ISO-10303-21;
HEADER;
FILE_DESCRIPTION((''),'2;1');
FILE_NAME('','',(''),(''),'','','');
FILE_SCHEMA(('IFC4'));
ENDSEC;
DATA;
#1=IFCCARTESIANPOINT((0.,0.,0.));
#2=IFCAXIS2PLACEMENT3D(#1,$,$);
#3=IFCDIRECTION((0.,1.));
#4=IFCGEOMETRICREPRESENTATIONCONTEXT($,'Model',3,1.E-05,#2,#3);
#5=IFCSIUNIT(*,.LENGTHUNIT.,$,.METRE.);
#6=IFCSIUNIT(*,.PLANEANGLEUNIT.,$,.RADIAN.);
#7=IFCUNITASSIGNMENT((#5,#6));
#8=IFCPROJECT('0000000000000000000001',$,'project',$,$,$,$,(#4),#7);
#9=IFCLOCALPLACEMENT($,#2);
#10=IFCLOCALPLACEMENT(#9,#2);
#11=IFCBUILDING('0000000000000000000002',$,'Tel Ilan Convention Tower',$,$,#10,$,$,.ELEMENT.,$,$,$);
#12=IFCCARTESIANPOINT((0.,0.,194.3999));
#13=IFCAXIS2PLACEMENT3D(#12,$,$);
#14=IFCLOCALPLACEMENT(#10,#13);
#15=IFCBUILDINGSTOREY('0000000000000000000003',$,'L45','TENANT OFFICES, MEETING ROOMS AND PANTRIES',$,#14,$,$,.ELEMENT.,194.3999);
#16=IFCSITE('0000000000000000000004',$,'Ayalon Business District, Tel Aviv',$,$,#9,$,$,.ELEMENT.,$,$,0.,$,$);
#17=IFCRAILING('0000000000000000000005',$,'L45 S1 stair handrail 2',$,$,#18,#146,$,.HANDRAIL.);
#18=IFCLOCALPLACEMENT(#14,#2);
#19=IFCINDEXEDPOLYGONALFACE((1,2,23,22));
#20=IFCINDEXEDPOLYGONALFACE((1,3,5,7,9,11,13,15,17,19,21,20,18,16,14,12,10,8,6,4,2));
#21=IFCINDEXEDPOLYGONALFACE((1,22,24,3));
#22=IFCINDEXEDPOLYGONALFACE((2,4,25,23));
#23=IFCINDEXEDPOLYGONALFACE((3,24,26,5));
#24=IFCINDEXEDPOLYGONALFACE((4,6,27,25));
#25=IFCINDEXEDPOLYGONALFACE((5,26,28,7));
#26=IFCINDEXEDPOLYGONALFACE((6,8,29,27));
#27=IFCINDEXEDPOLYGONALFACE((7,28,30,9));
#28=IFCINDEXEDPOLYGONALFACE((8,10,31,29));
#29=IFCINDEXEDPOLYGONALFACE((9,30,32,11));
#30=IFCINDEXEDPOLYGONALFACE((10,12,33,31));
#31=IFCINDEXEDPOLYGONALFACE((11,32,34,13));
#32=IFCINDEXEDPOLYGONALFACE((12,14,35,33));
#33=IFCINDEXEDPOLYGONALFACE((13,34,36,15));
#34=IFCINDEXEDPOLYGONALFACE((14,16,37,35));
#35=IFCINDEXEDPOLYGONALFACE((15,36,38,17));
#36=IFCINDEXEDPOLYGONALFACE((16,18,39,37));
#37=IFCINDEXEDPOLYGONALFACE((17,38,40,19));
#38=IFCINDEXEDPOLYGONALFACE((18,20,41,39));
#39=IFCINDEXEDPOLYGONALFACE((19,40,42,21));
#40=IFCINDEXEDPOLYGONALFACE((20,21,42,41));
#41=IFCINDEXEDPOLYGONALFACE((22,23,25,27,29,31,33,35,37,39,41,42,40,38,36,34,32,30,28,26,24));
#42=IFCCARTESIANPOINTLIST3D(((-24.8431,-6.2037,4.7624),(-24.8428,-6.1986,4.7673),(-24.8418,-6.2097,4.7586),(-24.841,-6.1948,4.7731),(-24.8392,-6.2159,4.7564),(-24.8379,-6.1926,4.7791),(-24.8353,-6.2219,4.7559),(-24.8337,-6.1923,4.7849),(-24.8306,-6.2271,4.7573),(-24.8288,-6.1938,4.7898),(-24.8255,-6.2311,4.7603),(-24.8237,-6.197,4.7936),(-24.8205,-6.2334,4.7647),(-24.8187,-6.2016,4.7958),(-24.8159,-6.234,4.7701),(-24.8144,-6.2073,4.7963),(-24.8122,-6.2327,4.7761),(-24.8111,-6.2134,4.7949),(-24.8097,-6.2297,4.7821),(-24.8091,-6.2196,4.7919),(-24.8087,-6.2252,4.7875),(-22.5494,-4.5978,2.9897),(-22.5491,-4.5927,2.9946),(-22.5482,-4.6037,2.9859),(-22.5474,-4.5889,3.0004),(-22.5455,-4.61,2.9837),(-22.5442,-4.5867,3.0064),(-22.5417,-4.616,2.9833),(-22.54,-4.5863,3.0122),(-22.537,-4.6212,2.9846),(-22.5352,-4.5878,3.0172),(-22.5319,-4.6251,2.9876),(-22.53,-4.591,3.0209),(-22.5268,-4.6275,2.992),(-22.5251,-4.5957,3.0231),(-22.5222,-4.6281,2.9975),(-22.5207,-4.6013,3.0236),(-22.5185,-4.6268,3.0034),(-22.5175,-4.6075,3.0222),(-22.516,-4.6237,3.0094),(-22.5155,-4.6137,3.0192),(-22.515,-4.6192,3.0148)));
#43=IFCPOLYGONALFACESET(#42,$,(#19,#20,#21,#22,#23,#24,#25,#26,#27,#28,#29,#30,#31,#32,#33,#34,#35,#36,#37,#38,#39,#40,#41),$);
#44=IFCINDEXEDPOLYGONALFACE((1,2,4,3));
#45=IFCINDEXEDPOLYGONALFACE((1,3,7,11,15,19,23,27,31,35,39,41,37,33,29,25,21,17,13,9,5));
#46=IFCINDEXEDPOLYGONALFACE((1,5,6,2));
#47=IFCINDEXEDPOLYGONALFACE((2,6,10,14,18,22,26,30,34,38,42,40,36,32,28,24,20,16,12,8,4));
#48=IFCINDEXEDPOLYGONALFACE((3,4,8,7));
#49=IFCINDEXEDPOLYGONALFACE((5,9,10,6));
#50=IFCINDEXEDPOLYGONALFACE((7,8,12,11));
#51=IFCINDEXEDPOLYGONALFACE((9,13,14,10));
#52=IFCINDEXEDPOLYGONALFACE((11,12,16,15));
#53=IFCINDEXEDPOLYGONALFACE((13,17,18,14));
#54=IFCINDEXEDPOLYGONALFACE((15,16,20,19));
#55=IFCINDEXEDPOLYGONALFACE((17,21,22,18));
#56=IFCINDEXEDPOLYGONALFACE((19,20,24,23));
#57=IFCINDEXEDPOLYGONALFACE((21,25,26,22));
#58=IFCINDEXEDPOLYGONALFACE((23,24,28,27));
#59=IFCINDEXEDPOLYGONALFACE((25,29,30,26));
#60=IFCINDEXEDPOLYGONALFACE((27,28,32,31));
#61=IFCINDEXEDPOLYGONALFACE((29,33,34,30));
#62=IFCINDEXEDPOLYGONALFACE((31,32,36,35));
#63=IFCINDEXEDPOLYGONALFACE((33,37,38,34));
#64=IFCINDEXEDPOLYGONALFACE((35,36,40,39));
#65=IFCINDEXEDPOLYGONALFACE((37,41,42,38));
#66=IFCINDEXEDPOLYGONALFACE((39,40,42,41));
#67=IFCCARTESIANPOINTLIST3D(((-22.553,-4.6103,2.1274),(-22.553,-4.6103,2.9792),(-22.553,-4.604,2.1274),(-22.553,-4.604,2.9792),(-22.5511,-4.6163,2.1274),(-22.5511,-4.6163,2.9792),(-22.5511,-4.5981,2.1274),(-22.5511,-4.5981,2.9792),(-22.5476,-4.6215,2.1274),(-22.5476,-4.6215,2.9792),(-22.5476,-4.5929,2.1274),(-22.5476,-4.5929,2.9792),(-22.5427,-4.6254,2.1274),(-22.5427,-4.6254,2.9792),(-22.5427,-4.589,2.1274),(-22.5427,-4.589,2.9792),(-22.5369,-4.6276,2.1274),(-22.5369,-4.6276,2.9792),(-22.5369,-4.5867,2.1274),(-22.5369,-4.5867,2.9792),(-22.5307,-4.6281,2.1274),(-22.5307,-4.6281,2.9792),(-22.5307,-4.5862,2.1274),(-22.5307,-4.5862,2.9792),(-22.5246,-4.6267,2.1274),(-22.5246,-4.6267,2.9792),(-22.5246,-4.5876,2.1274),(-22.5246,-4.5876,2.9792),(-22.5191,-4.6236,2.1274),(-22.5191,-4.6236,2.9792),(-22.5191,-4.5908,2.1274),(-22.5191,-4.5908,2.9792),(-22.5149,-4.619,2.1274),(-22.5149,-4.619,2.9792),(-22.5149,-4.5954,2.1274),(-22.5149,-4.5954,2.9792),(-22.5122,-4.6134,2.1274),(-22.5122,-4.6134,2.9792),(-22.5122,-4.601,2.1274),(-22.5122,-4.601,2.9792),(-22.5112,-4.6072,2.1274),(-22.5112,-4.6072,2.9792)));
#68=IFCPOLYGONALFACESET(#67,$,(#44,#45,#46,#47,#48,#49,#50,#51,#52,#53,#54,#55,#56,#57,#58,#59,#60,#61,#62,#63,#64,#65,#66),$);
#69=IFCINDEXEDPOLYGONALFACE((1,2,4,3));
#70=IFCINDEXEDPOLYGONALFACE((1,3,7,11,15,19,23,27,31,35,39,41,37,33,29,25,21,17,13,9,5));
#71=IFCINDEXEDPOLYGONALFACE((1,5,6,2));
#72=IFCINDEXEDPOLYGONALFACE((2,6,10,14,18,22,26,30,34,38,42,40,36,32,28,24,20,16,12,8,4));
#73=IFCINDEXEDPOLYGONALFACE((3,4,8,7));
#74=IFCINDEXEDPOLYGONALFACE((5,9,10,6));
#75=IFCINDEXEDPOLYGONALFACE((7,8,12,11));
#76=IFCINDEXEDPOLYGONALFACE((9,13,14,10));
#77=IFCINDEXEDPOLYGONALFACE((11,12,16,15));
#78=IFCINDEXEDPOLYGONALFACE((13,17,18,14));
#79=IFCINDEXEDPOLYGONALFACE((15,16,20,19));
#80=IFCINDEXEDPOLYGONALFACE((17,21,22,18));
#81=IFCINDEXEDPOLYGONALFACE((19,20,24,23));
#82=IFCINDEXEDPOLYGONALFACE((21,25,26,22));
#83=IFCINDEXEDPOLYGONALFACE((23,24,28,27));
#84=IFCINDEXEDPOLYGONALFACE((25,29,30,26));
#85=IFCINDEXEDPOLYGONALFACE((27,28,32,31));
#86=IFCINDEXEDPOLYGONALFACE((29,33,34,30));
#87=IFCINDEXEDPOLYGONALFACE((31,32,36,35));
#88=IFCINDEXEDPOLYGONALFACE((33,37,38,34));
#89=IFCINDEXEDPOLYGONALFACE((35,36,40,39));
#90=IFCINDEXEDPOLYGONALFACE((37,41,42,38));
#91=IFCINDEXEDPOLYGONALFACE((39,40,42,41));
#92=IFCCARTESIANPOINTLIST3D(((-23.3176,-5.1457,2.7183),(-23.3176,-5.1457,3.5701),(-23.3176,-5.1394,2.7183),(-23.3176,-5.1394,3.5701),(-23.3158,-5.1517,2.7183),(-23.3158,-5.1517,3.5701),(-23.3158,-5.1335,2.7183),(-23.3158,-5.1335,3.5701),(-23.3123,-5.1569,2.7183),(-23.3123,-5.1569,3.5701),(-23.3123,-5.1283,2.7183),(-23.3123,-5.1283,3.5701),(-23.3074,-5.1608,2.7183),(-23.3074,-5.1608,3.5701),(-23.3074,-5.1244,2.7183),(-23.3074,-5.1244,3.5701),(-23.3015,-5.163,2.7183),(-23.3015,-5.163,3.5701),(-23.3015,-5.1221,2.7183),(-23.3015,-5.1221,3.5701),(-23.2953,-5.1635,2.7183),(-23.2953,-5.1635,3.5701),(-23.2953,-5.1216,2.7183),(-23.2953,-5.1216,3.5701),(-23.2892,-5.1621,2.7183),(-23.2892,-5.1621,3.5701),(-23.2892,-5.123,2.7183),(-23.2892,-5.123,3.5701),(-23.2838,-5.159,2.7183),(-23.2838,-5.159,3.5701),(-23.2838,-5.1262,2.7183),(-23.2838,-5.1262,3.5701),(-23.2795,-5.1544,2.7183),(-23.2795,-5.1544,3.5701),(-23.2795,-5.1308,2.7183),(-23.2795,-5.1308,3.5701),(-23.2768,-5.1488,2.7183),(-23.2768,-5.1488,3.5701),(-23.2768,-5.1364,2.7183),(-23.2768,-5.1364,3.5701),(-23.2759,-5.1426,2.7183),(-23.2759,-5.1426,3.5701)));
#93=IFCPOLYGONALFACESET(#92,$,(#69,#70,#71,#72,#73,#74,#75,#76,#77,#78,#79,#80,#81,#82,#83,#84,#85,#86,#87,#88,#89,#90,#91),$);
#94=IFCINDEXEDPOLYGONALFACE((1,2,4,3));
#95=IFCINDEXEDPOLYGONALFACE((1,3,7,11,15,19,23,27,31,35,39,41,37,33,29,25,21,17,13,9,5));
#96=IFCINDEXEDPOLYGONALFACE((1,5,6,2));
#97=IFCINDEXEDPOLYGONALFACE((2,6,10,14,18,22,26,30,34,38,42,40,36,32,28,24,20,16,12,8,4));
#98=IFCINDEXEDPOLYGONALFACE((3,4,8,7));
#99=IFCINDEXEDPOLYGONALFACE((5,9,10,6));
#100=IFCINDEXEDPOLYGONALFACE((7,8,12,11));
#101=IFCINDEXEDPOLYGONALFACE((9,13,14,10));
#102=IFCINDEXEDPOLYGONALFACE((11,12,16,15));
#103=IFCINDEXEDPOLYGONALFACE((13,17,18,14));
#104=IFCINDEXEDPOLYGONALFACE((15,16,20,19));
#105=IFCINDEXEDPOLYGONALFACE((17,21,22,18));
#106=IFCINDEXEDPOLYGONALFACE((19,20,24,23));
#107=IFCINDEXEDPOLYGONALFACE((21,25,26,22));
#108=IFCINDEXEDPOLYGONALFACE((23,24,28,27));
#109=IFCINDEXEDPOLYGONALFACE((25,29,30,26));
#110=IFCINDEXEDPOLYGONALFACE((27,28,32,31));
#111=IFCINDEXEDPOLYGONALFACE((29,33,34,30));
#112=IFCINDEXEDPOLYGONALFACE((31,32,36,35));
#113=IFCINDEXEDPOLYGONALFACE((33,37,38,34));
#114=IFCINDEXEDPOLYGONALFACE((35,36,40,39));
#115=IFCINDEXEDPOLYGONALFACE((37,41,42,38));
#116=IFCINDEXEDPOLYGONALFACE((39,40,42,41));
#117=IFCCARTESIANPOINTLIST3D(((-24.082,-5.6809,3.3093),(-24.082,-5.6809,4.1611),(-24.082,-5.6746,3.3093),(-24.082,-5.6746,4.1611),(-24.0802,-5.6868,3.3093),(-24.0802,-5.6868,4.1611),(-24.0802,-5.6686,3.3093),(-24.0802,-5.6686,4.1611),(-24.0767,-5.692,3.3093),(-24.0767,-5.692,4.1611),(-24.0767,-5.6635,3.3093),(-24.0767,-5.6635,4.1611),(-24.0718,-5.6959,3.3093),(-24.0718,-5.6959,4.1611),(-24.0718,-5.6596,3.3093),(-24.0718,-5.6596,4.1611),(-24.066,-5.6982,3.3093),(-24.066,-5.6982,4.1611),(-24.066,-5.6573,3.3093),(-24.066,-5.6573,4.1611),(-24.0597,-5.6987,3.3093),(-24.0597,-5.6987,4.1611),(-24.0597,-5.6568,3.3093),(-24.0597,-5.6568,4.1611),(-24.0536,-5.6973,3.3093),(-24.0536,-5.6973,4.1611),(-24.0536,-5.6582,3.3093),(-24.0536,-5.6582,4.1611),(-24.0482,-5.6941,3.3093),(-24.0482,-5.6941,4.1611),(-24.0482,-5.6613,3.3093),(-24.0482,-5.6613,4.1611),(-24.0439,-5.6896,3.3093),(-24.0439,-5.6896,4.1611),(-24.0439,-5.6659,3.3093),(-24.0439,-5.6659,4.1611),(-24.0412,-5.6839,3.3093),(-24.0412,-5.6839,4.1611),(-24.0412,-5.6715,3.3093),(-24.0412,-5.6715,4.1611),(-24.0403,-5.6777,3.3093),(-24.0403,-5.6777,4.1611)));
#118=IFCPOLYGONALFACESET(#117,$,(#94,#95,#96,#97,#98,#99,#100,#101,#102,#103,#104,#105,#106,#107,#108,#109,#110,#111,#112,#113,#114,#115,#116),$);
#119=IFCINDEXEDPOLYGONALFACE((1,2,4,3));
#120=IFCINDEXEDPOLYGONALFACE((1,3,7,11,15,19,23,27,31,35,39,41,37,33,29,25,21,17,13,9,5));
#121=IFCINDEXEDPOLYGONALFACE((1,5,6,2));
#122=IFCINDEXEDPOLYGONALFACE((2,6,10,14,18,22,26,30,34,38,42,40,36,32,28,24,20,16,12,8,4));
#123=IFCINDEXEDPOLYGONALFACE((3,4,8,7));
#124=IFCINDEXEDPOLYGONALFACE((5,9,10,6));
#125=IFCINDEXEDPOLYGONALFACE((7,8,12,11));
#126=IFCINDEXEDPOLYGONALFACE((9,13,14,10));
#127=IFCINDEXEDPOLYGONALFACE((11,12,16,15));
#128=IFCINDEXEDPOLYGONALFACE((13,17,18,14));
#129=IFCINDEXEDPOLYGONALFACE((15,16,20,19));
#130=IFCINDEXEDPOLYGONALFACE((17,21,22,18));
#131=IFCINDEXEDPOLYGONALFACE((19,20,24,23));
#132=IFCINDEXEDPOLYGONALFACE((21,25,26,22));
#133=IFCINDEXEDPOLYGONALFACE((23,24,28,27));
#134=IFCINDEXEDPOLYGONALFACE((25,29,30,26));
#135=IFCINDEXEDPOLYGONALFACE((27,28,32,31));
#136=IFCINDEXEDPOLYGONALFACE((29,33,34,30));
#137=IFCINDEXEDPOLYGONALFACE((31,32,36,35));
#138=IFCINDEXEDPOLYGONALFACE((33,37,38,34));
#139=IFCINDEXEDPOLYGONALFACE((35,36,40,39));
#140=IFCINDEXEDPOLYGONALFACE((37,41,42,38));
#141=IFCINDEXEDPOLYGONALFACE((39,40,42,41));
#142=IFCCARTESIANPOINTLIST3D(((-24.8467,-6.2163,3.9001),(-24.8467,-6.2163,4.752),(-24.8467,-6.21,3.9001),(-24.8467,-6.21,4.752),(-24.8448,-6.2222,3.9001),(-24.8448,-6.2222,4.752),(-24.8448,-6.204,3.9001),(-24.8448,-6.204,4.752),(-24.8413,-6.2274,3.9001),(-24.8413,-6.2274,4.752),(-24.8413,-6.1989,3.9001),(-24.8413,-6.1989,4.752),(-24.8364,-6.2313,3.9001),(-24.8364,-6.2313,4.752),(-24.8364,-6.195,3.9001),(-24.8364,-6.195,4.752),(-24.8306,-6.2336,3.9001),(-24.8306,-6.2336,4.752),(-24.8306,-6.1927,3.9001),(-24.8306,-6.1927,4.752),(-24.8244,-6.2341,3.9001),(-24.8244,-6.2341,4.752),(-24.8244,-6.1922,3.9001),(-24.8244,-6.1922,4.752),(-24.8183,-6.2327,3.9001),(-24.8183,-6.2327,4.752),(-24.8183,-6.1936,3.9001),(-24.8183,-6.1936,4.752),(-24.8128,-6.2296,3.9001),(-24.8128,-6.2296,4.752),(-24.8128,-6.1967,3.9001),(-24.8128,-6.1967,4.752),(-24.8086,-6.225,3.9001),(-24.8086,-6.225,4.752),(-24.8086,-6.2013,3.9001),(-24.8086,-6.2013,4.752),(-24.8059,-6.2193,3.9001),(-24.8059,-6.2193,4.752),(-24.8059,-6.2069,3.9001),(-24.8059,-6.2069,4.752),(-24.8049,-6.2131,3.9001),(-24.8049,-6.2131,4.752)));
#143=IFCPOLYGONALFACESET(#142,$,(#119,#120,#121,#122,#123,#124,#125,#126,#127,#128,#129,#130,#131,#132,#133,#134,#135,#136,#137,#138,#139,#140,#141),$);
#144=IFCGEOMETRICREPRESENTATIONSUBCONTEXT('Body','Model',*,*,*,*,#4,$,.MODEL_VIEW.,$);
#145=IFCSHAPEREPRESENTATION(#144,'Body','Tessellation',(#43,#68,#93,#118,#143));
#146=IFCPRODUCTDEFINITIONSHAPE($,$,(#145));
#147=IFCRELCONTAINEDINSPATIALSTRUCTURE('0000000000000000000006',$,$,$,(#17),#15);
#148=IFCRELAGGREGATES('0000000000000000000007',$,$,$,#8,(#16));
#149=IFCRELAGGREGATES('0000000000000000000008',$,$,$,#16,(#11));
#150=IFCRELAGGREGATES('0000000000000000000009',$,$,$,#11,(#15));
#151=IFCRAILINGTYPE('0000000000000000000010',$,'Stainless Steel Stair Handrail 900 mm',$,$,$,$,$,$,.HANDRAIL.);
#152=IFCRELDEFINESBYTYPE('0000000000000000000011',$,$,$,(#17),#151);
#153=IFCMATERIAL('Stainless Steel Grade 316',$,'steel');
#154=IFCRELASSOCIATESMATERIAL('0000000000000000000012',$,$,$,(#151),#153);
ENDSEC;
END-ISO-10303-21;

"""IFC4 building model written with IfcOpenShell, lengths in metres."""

from ifc_helpers import new_model, si_unit, direction, frame, origin, origin_2d, place, context, subcontext, project, spatial, circle, extrude, material, type_object, element, save


model = new_model("IFC4")

# Units and contexts
model_context = context("Model", 3, precision=1e-05, world=origin(), true_north=direction((0.0, 1.0)))
body_context = subcontext(model_context, "Body", "Model", "MODEL_VIEW")
ifc_project = project(units=[si_unit("LENGTHUNIT", "METRE"), si_unit("PLANEANGLEUNIT", "RADIAN")], contexts=[model_context])

# Site, building, storey
site_placement = place(None, origin())
site = spatial("IfcSite", under=ifc_project, at=site_placement, Name="Ayalon Business District, Tel Aviv", CompositionType="ELEMENT", RefElevation=0.0)
building_placement = place(site_placement, origin())
building = spatial("IfcBuilding", under=site, at=building_placement, Name="Tel Ilan Convention Tower", CompositionType="ELEMENT")
storey_placement = place(building_placement, frame((0.0, 0.0, 194.3999)))
storey = spatial("IfcBuildingStorey", under=building, at=storey_placement, Name="L45", Description="TENANT OFFICES, MEETING ROOMS AND PANTRIES", CompositionType="ELEMENT", Elevation=194.3999)

# Railing
ifc_material_1 = material(Name="Stainless Steel Grade 316", Category="steel")
railing_type_1 = type_object("IfcRailingType", Name="Stainless Steel Stair Handrail 900 mm", PredefinedType="HANDRAIL", material=ifc_material_1)
railing_1_placement = place(storey_placement, frame((-22.5322, -4.6072, 2.1274)))
element("IfcRailing", 1, at=railing_1_placement, inside=storey, type_object=railing_type_1, Name="L45 S1 stair handrail 2", PredefinedType="HANDRAIL", context=body_context, shape_type="SweptSolid", body=[
    extrude(circle(Radius=0.0239, at=origin_2d()), frame((0.0, 0.0, 0.876), z_axis=(-0.692123, -0.484597, 0.534913), x_axis=(0.57355, -0.81917, 0.0)), (0.0, 0.0, 1.0), 3.314),
    extrude(circle(Radius=0.021, at=origin_2d()), origin(), (0.0, 0.0, 1.0), 0.8518),
    extrude(circle(Radius=0.021, at=origin_2d()), frame((-0.7646, -0.5354, 0.5908)), (0.0, 0.0, 1.0), 0.8518),
    extrude(circle(Radius=0.021, at=origin_2d()), frame((-1.5291, -1.0706, 1.1819)), (0.0, 0.0, 1.0), 0.8518),
    extrude(circle(Radius=0.021, at=origin_2d()), frame((-2.2937, -1.606, 1.7727)), (0.0, 0.0, 1.0), 0.8518),
])

save(model, "model.ifc")
